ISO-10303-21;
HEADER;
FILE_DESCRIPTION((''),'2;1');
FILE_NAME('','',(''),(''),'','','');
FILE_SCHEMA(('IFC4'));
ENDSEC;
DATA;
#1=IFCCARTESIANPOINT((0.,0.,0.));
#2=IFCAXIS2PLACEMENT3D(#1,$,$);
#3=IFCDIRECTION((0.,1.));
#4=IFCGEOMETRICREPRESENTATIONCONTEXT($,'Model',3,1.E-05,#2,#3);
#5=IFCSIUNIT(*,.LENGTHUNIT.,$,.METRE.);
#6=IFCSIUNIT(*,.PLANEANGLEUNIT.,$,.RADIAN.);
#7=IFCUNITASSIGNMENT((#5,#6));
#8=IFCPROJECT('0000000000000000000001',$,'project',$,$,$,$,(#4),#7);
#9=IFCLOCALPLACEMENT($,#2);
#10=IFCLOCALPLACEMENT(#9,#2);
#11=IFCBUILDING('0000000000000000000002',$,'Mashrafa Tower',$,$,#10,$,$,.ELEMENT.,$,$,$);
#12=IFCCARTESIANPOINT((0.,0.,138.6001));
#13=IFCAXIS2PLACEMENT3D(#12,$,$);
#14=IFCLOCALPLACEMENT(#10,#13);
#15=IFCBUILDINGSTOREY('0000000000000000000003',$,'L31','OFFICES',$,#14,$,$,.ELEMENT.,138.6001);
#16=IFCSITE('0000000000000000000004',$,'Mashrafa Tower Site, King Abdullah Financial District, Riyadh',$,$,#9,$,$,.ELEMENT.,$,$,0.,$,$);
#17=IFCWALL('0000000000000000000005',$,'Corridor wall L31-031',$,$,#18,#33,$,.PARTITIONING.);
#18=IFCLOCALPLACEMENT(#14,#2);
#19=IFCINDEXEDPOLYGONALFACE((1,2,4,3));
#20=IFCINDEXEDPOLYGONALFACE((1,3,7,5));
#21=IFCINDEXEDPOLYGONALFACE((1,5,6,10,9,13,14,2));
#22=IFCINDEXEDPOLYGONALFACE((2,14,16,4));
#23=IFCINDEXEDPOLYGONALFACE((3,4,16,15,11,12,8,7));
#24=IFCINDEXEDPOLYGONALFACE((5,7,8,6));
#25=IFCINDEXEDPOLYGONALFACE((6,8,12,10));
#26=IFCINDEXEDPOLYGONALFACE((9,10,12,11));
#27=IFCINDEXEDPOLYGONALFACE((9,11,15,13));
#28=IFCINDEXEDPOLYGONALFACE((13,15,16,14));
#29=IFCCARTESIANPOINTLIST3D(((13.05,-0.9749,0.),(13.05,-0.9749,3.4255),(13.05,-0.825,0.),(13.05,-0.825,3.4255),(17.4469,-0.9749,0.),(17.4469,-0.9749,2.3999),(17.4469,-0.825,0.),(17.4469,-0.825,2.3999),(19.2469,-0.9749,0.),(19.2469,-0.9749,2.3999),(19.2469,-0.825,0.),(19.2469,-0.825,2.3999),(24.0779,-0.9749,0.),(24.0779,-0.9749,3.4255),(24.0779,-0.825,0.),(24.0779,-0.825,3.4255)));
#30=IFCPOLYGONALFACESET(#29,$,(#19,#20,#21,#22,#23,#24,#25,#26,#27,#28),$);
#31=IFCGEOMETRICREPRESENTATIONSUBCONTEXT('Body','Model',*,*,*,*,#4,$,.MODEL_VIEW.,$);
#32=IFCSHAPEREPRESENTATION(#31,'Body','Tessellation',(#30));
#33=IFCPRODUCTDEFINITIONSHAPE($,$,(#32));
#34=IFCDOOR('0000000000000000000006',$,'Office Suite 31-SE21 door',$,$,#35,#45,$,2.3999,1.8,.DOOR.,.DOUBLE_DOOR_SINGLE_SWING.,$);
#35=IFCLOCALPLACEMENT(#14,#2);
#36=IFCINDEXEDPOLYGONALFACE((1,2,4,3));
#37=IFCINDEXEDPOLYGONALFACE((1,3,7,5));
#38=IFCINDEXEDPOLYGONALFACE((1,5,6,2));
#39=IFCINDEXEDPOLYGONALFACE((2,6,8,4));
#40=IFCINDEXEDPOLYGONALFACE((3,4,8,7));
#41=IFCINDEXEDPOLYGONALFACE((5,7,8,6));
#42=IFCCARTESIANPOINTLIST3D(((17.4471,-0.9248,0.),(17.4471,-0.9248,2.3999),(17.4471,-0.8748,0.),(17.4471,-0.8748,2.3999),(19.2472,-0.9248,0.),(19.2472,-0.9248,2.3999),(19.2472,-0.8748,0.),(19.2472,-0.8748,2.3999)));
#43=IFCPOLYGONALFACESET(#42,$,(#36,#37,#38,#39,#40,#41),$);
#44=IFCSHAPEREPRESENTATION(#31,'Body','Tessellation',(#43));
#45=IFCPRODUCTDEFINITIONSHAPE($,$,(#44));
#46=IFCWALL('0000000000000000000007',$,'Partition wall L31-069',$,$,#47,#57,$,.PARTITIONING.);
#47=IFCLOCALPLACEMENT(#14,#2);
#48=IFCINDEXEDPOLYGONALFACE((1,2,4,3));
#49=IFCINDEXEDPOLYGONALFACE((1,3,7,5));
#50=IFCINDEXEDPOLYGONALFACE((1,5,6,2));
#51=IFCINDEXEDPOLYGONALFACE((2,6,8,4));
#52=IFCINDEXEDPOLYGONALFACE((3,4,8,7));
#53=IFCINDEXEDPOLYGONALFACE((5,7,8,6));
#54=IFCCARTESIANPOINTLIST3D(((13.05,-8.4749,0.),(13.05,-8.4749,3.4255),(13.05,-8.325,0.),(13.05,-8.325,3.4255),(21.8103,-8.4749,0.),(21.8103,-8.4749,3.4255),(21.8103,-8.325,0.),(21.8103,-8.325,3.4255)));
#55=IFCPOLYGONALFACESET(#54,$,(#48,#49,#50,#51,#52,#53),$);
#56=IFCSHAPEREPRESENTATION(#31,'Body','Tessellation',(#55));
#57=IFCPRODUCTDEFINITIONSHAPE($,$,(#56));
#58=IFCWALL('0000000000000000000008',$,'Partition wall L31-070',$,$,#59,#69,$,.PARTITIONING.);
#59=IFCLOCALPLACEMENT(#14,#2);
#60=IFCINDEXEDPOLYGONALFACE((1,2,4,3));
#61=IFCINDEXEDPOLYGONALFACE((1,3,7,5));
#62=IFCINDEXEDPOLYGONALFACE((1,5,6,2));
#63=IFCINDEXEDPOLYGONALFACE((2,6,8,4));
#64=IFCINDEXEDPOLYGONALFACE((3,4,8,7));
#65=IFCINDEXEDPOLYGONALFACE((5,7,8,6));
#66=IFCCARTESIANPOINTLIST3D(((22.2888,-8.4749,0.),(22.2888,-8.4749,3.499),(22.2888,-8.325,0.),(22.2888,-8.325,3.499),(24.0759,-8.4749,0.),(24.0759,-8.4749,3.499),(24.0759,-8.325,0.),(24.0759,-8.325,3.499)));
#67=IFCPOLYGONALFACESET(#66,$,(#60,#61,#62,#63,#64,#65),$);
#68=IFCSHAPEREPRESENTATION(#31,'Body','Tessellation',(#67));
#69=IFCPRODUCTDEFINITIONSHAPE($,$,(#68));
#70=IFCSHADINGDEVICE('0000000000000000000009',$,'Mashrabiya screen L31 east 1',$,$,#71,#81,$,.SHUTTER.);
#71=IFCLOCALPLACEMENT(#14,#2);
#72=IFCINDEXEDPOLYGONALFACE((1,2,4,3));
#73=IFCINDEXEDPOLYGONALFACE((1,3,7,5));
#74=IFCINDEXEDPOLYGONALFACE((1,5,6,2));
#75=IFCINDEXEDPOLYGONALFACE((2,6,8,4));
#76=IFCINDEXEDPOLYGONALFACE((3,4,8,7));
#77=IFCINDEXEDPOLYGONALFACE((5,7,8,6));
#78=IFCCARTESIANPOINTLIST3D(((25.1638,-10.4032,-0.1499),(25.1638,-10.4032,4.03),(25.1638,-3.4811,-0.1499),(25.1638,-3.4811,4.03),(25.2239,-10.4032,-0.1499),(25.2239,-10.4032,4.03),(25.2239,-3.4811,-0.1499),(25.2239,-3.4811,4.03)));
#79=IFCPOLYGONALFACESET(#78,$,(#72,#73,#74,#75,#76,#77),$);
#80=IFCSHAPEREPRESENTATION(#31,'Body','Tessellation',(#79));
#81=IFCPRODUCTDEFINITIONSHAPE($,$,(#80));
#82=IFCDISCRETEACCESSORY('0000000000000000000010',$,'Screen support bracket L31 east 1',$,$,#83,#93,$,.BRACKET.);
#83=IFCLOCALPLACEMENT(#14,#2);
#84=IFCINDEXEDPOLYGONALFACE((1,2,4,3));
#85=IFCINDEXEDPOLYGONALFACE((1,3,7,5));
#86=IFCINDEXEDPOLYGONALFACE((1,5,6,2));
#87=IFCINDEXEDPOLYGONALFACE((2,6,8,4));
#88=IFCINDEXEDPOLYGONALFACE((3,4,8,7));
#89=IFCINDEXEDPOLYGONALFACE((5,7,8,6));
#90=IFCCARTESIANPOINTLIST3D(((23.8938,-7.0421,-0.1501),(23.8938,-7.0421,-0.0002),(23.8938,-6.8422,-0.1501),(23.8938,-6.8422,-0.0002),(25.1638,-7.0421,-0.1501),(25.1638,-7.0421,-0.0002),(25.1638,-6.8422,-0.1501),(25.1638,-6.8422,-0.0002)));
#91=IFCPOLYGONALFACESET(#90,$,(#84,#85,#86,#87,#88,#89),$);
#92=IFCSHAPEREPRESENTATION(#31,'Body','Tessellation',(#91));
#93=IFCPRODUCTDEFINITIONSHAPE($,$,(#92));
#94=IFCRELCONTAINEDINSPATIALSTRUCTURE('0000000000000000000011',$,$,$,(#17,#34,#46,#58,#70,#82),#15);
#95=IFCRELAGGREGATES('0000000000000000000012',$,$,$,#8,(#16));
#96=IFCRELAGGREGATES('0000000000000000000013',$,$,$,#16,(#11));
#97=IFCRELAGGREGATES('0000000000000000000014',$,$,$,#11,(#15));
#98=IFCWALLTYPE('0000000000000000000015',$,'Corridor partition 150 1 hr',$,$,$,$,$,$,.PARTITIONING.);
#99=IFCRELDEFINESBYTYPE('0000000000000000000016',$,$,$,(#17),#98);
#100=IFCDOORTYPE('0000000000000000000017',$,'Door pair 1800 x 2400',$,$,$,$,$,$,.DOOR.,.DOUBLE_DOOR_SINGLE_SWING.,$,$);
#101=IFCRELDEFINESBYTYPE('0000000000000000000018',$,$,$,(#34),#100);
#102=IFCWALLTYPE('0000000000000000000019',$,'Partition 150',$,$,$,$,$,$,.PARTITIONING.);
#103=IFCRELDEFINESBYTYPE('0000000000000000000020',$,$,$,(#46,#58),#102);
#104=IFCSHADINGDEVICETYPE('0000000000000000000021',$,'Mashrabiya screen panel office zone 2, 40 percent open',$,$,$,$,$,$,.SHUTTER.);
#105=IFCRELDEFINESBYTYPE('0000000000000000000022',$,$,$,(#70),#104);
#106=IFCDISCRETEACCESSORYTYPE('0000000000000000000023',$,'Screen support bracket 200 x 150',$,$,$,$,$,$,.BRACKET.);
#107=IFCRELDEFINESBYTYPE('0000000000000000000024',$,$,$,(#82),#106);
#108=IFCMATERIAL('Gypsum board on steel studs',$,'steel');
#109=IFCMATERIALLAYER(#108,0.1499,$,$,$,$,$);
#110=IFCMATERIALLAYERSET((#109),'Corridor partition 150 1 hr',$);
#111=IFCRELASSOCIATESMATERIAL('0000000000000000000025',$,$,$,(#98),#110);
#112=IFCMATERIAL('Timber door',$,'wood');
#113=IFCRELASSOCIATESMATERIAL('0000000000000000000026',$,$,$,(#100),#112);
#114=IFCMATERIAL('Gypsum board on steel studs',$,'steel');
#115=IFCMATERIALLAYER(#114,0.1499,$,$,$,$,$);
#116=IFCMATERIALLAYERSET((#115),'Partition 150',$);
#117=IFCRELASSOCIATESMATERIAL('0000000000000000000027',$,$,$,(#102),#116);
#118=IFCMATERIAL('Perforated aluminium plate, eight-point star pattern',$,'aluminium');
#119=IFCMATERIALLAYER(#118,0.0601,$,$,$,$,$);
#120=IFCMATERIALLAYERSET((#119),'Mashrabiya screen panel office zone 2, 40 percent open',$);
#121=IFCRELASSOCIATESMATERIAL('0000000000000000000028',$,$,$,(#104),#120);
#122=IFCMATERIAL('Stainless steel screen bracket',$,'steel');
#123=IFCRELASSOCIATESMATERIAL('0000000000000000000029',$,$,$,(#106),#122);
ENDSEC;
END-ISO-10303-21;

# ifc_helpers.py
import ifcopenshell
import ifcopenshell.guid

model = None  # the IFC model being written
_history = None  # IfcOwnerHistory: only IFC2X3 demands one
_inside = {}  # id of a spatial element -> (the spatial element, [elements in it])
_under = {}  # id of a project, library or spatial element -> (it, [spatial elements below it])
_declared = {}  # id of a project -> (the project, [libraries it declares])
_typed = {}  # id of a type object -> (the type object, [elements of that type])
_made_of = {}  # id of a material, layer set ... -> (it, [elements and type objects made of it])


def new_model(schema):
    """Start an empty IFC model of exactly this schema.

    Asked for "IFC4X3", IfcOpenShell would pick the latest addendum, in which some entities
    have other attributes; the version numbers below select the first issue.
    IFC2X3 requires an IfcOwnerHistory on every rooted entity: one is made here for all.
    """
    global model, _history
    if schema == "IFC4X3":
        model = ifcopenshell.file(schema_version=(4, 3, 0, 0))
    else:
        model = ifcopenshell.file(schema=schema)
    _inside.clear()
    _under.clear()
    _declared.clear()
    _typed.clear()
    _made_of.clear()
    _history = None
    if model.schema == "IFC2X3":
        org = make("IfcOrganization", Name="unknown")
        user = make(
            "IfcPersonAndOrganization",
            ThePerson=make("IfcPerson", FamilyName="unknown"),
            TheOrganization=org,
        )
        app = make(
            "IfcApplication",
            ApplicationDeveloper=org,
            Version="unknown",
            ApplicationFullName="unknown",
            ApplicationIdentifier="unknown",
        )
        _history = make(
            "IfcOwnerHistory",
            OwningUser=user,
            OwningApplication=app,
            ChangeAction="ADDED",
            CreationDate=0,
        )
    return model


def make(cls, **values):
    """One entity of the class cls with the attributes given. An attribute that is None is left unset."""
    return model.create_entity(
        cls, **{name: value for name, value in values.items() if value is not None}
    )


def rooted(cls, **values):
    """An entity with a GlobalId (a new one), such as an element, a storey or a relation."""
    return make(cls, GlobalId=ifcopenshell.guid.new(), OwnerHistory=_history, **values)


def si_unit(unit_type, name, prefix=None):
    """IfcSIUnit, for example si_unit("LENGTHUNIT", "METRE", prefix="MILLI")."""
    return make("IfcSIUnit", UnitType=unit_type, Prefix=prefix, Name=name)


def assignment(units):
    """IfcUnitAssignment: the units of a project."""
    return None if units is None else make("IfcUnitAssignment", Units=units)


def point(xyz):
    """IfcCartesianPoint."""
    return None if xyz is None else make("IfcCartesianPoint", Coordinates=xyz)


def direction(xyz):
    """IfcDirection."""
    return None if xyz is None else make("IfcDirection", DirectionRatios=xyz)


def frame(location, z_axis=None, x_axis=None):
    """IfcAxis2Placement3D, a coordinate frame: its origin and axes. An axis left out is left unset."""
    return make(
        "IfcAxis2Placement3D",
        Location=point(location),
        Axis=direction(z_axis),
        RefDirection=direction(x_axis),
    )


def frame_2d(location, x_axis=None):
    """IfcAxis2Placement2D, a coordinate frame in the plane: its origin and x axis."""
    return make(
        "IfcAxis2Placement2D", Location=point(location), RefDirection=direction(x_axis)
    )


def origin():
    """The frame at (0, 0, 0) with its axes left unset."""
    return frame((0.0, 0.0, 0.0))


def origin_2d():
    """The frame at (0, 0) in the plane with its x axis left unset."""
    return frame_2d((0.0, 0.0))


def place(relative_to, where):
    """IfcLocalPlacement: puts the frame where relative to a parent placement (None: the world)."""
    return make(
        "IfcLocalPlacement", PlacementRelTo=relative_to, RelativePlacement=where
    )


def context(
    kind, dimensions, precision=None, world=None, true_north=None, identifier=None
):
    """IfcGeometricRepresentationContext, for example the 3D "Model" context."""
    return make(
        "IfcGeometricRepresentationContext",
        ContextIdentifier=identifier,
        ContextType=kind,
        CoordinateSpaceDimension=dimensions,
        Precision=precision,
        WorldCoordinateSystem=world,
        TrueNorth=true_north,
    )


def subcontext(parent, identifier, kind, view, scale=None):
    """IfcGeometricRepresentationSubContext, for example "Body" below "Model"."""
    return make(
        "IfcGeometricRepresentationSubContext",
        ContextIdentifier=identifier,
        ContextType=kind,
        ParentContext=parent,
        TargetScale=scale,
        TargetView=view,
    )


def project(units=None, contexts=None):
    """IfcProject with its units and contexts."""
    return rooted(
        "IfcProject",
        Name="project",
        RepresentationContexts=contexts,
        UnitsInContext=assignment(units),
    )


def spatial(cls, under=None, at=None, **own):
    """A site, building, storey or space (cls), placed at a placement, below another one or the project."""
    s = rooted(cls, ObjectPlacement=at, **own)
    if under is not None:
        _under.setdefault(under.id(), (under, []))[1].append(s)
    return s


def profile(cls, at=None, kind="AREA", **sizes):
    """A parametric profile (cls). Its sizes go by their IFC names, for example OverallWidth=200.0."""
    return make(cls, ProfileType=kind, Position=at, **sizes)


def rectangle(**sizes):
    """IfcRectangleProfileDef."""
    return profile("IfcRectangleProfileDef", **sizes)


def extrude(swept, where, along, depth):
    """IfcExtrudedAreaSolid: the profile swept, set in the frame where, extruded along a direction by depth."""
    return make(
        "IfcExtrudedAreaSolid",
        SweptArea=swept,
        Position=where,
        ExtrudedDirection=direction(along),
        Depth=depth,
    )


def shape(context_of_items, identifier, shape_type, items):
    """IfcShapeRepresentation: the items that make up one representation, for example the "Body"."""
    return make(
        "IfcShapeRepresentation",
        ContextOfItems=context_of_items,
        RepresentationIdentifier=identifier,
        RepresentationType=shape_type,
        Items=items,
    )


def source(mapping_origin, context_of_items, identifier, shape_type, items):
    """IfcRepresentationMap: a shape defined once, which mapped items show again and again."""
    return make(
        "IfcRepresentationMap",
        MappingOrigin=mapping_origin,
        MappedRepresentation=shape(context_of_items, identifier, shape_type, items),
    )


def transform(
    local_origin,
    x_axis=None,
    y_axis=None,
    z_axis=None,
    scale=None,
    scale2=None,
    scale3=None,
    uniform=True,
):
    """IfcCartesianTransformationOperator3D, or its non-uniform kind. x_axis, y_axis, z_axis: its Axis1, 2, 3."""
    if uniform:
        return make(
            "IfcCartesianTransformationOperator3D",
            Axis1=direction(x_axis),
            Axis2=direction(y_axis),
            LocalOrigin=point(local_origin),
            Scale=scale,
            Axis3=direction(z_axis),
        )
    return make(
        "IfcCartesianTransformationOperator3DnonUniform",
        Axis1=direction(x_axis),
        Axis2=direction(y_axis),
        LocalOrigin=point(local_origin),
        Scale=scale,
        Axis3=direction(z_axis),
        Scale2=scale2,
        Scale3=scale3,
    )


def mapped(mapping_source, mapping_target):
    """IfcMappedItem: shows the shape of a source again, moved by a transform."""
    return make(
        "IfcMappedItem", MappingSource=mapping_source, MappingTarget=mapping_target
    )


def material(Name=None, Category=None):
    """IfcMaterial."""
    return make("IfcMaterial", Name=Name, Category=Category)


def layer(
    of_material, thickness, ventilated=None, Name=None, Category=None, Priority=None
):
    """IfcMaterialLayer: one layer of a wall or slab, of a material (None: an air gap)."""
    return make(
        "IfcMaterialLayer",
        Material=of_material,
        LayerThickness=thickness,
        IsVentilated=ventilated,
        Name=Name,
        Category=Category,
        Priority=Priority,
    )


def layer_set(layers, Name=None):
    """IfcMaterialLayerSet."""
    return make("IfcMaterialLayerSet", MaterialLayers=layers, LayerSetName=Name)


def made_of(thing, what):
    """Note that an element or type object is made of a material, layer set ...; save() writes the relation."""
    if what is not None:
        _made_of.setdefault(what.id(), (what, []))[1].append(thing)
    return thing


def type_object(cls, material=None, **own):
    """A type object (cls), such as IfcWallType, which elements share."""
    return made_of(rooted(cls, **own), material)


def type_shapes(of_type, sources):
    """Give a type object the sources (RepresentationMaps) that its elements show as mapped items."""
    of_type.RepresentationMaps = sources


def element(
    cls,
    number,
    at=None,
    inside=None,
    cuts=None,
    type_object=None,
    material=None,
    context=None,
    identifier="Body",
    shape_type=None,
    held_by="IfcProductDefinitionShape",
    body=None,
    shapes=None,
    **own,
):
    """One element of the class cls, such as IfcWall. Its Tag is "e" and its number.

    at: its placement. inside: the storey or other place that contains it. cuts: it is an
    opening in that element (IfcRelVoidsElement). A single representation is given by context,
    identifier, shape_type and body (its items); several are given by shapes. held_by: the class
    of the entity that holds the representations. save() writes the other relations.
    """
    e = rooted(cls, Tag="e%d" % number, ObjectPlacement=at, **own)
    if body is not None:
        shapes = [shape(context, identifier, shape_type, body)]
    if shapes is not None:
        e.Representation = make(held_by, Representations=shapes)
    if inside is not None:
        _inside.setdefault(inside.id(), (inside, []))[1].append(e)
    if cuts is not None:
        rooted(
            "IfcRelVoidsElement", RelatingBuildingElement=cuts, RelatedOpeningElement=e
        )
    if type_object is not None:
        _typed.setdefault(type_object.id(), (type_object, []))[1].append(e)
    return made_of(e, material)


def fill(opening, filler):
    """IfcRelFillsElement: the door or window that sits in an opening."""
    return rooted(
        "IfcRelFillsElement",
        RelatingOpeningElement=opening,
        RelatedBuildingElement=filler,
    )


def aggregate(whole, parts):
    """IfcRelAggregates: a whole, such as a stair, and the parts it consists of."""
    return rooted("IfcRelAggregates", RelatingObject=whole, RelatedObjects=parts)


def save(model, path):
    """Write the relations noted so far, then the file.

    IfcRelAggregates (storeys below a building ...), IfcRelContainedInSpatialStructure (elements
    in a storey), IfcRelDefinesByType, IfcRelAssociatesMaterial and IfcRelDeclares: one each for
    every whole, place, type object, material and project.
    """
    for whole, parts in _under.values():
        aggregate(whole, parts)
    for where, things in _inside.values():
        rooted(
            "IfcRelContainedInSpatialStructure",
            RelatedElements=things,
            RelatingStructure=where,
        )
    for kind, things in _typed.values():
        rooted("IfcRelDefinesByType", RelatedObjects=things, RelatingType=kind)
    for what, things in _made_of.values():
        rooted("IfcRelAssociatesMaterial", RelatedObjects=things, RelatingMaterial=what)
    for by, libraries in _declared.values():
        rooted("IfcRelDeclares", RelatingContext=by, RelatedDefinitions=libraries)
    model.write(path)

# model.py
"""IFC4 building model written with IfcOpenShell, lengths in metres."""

from ifc_helpers import new_model, si_unit, direction, frame, frame_2d, origin, origin_2d, place, context, subcontext, project, spatial, rectangle, extrude, source, transform, mapped, material, layer, layer_set, type_object, type_shapes, element, fill, save


model = new_model("IFC4")

# Units and contexts
model_context = context("Model", 3, precision=1e-05, world=origin(), true_north=direction((0.0, 1.0)))
body_context = subcontext(model_context, "Body", "Model", "MODEL_VIEW")
ifc_project = project(units=[si_unit("LENGTHUNIT", "METRE"), si_unit("PLANEANGLEUNIT", "RADIAN")], contexts=[model_context])

# Site, building, storey
site_placement = place(None, origin())
site = spatial("IfcSite", under=ifc_project, at=site_placement, Name="Mashrafa Tower Site, King Abdullah Financial District, Riyadh", CompositionType="ELEMENT", RefElevation=0.0)
building_placement = place(site_placement, origin())
building = spatial("IfcBuilding", under=site, at=building_placement, Name="Mashrafa Tower", CompositionType="ELEMENT")
storey_placement = place(building_placement, frame((0.0, 0.0, 138.6001)))
storey = spatial("IfcBuildingStorey", under=building, at=storey_placement, Name="L31", Description="OFFICES", CompositionType="ELEMENT", Elevation=138.6001)

# Shared definitions
ifc_material_1 = material(Name="Gypsum board on steel studs", Category="steel")
ifc_layer_1 = layer(ifc_material_1, 0.1499)
ifc_layer_set_1 = layer_set([ifc_layer_1], Name="Corridor partition 150 1 hr")
wall_type_1 = type_object("IfcWallType", Name="Corridor partition 150 1 hr", PredefinedType="PARTITIONING", material=ifc_layer_set_1)

# Wall, opening, door
wall_1_placement = place(storey_placement, frame((13.05, -0.8999, 0.0), z_axis=(0.0, 0.0, 1.0), x_axis=(1.0, 0.0, 0.0)))
wall_1 = element("IfcWall", 1, at=wall_1_placement, inside=storey, type_object=wall_type_1, Name="Corridor wall L31-031", PredefinedType="PARTITIONING", context=body_context, shape_type="SweptSolid", body=[
    extrude(rectangle(XDim=11.0278, YDim=0.1499, at=frame_2d((5.5139, 0.0))), origin(), (0.0, 0.0, 1.0), 3.4255),
])
opening_1_placement = place(wall_1_placement, frame((4.397, 0.0, 0.0)))
opening_1 = element("IfcOpeningElement", 2, at=opening_1_placement, cuts=wall_1, PredefinedType="OPENING", context=body_context, shape_type="SweptSolid", body=[
    extrude(rectangle(XDim=1.8, YDim=2.3999, at=frame_2d((0.8999, 1.2))), frame((0.0, 0.085, 0.0), z_axis=(0.0, -1.0, 0.0), x_axis=(1.0, 0.0, 0.0)), (0.0, 0.0, 1.0), 0.1699),
])
ifc_material_2 = material(Name="Timber door", Category="wood")
door_type_1 = type_object("IfcDoorType", Name="Door pair 1800 x 2400", OperationType="DOUBLE_DOOR_SINGLE_SWING", PredefinedType="DOOR", material=ifc_material_2)
door_1_placement = place(opening_1_placement, frame((1.8, 0.0, 0.0), z_axis=(0.0, 0.0, 1.0), x_axis=(-1.0, 0.0, 0.0)))
door_1 = element("IfcDoor", 3, at=door_1_placement, inside=storey, type_object=door_type_1, Name="Office Suite 31-SE21 door", OperationType="DOUBLE_DOOR_SINGLE_SWING", OverallHeight=2.3999, OverallWidth=1.8, PredefinedType="DOOR", context=body_context, shape_type="SweptSolid", body=[
    extrude(rectangle(XDim=1.8, YDim=2.3999, at=frame_2d((0.8999, 1.2))), frame((0.0, 0.0249, 0.0), z_axis=(0.0, -1.0, 0.0), x_axis=(1.0, 0.0, 0.0)), (0.0, 0.0, 1.0), 0.05),
])
fill(opening_1, door_1)

# Walls
ifc_material_3 = material(Name="Gypsum board on steel studs", Category="steel")
ifc_layer_2 = layer(ifc_material_3, 0.1499)
ifc_layer_set_2 = layer_set([ifc_layer_2], Name="Partition 150")
wall_type_2 = type_object("IfcWallType", Name="Partition 150", PredefinedType="PARTITIONING", material=ifc_layer_set_2)
wall_2_placement = place(storey_placement, frame((13.05, -8.3999, 0.0), z_axis=(0.0, 0.0, 1.0), x_axis=(1.0, 0.0, 0.0)))
element("IfcWall", 4, at=wall_2_placement, inside=storey, type_object=wall_type_2, Name="Partition wall L31-069", PredefinedType="PARTITIONING", context=body_context, shape_type="SweptSolid", body=[
    extrude(rectangle(XDim=8.7603, YDim=0.1499, at=frame_2d((4.3801, 0.0))), origin(), (0.0, 0.0, 1.0), 3.4255),
])
wall_3_placement = place(storey_placement, frame((22.2888, -8.3999, 0.0), z_axis=(0.0, 0.0, 1.0), x_axis=(1.0, 0.0, 0.0)))
element("IfcWall", 5, at=wall_3_placement, inside=storey, type_object=wall_type_2, Name="Partition wall L31-070", PredefinedType="PARTITIONING", context=body_context, shape_type="SweptSolid", body=[
    extrude(rectangle(XDim=1.7871, YDim=0.1499, at=frame_2d((0.8936, 0.0))), origin(), (0.0, 0.0, 1.0), 3.499),
])

# Shading device
ifc_material_4 = material(Name="Perforated aluminium plate, eight-point star pattern", Category="aluminium")
ifc_layer_3 = layer(ifc_material_4, 0.0601)
ifc_layer_set_3 = layer_set([ifc_layer_3], Name="Mashrabiya screen panel office zone 2, 40 percent open")
shading_device_type = type_object("IfcShadingDeviceType", Name="Mashrabiya screen panel office zone 2, 40 percent open", PredefinedType="SHUTTER", material=ifc_layer_set_3)
shared_shape_1 = source(origin(), body_context, "Body", "SweptSolid", [
    extrude(rectangle(XDim=6.9221, YDim=0.0601, at=origin_2d()), origin(), (0.0, 0.0, 1.0), 4.1799),
])
type_shapes(shading_device_type, [shared_shape_1])
shading_device_placement = place(storey_placement, frame((25.1938, -6.9421, -0.1499), z_axis=(0.0, 0.0, 1.0), x_axis=(0.0, 1.0, 0.0)))
element("IfcShadingDevice", 6, at=shading_device_placement, inside=storey, type_object=shading_device_type, Name="Mashrabiya screen L31 east 1", PredefinedType="SHUTTER", context=body_context, shape_type="MappedRepresentation", body=[
    mapped(shared_shape_1, transform((0.0, 0.0, 0.0))),
])

# Discrete accessory
ifc_material_5 = material(Name="Stainless steel screen bracket", Category="steel")
discrete_accessory_type = type_object("IfcDiscreteAccessoryType", Name="Screen support bracket 200 x 150", PredefinedType="BRACKET", material=ifc_material_5)
shared_shape_2 = source(origin(), body_context, "Body", "SweptSolid", [
    extrude(rectangle(XDim=0.2, YDim=1.27, at=origin_2d()), origin(), (0.0, 0.0, 1.0), 0.1499),
])
type_shapes(discrete_accessory_type, [shared_shape_2])
discrete_accessory_placement = place(storey_placement, frame((24.5288, -6.9421, -0.1501), z_axis=(0.0, 0.0, 1.0), x_axis=(0.0, 1.0, 0.0)))
element("IfcDiscreteAccessory", 7, at=discrete_accessory_placement, inside=storey, type_object=discrete_accessory_type, Name="Screen support bracket L31 east 1", PredefinedType="BRACKET", context=body_context, shape_type="MappedRepresentation", body=[
    mapped(shared_shape_2, transform((0.0, 0.0, 0.0))),
])

save(model, "model.ifc")
